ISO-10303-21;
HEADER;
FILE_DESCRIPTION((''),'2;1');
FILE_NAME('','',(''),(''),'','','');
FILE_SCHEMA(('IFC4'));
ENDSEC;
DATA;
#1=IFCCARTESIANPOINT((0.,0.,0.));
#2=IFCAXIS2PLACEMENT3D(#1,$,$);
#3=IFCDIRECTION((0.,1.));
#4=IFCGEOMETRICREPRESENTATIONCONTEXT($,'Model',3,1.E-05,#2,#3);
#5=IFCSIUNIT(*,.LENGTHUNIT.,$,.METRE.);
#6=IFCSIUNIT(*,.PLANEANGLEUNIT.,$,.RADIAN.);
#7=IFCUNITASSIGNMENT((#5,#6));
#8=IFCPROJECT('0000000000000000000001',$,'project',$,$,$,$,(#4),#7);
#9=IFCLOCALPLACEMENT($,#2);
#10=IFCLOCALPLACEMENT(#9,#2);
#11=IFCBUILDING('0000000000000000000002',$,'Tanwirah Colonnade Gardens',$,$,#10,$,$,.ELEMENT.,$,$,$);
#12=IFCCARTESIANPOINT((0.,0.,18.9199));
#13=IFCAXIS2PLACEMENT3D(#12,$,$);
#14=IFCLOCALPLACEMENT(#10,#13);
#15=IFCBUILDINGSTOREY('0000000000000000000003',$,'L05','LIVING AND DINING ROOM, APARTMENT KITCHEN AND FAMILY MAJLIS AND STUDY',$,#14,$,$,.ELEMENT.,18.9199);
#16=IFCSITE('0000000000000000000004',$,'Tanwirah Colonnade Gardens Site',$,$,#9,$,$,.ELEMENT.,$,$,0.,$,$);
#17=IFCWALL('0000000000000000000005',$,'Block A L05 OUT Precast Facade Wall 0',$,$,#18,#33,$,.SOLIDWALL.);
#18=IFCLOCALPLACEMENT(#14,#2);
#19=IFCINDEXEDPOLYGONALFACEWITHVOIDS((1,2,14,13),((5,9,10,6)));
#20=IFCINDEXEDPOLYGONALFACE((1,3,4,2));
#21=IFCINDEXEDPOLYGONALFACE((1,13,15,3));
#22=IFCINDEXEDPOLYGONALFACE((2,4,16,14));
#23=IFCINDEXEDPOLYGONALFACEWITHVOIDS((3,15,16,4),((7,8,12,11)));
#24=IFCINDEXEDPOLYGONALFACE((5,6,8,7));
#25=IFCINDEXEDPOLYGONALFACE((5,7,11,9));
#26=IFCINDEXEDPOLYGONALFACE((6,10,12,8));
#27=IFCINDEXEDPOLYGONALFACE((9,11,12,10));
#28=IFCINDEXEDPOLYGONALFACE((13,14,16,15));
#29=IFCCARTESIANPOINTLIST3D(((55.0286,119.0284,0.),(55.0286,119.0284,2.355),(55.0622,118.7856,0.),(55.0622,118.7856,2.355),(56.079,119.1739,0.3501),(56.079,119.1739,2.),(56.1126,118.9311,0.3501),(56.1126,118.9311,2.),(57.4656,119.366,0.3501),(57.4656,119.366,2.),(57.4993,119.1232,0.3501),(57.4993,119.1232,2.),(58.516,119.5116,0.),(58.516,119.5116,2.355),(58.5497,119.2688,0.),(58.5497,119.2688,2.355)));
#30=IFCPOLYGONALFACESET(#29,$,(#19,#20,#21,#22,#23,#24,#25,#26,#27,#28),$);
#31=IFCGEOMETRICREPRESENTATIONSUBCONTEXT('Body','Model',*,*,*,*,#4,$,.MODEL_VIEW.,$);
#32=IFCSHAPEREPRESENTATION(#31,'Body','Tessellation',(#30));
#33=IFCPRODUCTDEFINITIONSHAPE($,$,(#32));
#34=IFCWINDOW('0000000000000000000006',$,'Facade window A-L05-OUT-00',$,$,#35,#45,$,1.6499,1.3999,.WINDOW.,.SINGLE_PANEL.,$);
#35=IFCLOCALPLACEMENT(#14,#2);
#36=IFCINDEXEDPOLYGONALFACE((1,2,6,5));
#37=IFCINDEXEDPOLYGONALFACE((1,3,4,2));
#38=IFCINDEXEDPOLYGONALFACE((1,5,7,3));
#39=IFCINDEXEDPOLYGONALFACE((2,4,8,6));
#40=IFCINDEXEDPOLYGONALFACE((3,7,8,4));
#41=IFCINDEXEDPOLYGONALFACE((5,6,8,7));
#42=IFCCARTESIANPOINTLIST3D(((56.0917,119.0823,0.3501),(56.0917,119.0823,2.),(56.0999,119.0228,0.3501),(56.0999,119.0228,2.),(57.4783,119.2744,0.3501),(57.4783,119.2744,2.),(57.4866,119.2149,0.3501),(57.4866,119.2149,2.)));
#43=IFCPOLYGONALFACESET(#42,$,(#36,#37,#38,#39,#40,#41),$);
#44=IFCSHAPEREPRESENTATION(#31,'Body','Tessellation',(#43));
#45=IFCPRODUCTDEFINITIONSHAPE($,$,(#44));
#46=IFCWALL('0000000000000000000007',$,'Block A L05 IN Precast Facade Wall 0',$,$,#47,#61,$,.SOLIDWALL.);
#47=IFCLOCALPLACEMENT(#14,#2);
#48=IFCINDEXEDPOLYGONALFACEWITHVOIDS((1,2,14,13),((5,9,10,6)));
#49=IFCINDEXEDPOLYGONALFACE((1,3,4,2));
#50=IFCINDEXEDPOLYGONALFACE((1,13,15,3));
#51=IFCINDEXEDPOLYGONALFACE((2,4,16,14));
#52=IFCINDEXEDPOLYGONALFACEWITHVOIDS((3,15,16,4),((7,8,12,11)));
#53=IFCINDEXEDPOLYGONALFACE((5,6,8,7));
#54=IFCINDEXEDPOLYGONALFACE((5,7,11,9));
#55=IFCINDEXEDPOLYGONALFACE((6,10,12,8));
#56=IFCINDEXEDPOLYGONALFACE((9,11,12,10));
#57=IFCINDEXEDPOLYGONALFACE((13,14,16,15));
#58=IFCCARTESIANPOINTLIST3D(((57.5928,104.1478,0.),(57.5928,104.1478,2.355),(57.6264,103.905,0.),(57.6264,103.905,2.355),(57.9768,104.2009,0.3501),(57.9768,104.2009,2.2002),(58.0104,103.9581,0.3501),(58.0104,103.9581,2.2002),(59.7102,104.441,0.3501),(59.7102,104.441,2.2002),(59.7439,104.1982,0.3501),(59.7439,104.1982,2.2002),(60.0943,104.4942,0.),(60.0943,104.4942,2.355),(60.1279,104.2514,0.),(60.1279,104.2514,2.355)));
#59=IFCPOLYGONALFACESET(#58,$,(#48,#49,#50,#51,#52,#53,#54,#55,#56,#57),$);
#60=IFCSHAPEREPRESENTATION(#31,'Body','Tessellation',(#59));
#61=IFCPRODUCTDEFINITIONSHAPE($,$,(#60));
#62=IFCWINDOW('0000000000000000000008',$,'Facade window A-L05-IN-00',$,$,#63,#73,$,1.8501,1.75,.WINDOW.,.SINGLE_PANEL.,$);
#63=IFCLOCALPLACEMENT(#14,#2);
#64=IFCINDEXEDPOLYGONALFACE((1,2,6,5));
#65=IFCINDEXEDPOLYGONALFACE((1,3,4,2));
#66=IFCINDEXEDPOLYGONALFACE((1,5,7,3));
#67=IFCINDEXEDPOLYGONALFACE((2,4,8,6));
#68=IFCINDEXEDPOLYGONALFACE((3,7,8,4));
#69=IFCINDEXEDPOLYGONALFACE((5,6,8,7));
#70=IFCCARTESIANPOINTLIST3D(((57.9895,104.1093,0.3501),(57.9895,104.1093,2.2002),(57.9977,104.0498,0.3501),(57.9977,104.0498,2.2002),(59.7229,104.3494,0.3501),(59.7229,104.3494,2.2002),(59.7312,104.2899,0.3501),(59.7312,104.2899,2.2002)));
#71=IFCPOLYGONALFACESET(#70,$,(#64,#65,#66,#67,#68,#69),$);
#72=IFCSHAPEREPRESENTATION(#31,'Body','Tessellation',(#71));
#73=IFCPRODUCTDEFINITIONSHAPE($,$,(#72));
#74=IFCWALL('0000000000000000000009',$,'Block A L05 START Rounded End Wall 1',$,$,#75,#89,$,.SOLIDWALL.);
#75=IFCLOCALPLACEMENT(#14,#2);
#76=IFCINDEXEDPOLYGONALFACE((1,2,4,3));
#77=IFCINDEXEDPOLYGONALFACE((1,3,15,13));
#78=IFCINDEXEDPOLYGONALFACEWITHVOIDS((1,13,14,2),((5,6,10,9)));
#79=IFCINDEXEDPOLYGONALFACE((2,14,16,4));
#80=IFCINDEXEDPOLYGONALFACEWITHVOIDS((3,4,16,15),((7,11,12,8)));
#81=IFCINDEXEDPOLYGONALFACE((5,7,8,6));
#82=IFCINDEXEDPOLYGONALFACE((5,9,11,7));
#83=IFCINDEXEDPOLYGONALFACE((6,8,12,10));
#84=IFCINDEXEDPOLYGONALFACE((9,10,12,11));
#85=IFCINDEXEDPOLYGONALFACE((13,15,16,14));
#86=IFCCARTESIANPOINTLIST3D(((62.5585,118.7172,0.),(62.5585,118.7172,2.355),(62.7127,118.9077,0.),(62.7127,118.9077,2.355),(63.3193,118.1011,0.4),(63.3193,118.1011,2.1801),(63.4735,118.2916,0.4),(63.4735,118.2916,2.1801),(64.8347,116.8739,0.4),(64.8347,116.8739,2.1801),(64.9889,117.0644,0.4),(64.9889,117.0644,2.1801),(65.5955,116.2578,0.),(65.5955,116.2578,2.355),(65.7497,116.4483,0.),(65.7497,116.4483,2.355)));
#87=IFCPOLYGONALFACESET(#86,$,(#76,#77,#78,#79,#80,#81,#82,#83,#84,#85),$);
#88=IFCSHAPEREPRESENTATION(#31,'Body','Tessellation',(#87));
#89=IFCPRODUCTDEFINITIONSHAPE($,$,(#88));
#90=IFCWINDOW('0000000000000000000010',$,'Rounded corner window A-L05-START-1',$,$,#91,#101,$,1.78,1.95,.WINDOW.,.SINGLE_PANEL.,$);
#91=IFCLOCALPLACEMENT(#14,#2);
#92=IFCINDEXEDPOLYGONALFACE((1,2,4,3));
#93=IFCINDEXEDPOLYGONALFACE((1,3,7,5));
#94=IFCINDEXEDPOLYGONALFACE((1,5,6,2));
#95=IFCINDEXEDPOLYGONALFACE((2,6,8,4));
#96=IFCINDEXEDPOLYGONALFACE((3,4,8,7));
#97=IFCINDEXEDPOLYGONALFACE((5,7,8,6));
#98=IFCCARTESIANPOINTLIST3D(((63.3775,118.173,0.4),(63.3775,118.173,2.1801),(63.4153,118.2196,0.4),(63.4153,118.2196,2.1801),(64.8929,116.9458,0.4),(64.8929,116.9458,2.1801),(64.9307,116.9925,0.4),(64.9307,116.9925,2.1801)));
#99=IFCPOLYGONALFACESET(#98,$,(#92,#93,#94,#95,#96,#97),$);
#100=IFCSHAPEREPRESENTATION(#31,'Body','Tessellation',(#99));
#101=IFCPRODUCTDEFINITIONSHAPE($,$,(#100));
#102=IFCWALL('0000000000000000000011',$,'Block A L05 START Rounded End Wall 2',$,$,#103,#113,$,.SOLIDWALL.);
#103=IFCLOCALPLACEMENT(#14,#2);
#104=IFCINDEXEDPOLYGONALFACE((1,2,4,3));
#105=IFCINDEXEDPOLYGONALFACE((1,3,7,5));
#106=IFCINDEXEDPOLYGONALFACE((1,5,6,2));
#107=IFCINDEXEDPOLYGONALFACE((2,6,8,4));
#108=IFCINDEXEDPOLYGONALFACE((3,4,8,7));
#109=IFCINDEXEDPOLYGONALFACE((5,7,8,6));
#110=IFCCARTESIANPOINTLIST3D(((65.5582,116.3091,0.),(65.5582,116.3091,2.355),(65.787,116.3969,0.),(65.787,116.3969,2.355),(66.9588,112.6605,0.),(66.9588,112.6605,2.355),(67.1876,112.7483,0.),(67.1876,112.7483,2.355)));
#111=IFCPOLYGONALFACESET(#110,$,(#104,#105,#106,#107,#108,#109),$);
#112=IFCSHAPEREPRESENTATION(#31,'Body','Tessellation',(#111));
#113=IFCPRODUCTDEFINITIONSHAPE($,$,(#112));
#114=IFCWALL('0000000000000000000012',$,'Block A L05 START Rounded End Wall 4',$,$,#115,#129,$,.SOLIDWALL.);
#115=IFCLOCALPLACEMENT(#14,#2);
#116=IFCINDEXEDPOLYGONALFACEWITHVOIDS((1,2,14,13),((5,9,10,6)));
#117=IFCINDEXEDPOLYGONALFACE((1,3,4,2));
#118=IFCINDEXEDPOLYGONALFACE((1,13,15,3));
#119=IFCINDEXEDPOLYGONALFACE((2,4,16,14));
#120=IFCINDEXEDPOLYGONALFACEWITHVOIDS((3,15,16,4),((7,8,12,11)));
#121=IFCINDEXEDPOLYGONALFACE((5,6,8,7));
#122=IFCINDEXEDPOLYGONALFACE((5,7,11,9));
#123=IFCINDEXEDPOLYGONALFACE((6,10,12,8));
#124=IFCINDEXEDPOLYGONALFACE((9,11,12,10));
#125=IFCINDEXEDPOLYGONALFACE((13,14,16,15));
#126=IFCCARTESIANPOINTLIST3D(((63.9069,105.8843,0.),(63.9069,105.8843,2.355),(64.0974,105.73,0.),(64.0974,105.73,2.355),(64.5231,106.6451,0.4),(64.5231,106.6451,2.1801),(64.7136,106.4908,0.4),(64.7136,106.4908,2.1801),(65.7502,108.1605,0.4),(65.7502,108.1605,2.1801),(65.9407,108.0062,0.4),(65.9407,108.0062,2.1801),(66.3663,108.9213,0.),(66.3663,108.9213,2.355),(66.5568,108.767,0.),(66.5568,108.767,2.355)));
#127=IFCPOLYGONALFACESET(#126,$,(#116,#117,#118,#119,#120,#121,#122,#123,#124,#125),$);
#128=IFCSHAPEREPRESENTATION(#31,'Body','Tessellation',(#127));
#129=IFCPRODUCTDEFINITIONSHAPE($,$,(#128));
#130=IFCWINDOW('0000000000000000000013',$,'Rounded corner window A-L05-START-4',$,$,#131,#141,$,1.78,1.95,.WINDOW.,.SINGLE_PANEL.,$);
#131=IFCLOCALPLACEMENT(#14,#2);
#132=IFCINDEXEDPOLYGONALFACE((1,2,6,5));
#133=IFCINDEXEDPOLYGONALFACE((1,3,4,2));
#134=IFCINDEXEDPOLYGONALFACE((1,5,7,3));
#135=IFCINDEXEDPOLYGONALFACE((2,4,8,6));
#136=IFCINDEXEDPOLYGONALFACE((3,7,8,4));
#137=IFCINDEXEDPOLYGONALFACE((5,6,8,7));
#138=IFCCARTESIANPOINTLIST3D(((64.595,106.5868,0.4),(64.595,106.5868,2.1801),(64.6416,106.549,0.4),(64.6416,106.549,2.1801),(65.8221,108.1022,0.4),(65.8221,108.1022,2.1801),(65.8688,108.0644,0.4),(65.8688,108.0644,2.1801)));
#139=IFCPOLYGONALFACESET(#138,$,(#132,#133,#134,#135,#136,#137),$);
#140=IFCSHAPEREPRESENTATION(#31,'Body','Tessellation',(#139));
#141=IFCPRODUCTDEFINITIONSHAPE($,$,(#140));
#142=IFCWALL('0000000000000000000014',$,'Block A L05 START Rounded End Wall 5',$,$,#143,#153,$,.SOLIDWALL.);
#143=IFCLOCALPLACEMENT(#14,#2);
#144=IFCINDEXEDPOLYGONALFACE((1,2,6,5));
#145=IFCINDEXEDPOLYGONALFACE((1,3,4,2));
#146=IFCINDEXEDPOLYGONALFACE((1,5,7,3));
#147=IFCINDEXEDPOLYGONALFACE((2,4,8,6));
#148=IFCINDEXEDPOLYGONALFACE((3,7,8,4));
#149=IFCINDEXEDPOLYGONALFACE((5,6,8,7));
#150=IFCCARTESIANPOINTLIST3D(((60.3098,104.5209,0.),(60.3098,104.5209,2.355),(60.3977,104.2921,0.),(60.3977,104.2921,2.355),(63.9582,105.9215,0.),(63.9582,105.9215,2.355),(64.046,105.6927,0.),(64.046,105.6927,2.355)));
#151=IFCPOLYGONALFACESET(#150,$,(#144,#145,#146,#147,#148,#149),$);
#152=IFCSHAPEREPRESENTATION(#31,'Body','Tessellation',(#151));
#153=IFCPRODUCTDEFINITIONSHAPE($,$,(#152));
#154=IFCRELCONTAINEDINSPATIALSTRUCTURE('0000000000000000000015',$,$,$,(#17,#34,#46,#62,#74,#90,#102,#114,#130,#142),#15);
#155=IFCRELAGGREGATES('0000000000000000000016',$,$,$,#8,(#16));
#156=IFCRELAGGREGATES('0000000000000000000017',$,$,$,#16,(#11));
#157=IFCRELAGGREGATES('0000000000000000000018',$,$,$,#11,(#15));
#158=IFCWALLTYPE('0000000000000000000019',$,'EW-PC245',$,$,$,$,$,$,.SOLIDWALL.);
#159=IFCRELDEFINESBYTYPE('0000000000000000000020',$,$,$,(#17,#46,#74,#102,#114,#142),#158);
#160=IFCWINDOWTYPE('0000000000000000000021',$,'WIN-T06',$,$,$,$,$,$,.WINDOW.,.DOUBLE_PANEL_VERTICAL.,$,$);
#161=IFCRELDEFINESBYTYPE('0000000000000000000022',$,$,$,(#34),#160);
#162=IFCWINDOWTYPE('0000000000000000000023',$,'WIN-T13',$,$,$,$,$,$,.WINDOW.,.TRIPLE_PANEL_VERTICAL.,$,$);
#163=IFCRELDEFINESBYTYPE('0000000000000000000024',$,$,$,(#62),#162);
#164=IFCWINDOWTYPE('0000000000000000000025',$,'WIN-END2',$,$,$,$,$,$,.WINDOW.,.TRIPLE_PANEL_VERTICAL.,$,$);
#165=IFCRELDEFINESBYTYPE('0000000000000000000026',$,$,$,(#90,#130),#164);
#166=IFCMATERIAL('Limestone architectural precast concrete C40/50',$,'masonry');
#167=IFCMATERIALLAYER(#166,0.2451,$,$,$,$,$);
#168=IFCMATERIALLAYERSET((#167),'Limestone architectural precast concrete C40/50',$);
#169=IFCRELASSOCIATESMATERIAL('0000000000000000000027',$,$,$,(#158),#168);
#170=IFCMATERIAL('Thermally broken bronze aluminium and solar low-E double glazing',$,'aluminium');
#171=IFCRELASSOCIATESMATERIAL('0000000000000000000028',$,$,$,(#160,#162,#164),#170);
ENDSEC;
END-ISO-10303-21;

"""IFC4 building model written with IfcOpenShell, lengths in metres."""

from ifc_helpers import new_model, si_unit, direction, frame, frame_2d, origin, place, context, subcontext, project, spatial, rectangle, extrude, material, layer, layer_set, type_object, element, fill, save


model = new_model("IFC4")

# Units and contexts
model_context = context("Model", 3, precision=1e-05, world=origin(), true_north=direction((0.0, 1.0)))
body_context = subcontext(model_context, "Body", "Model", "MODEL_VIEW")
ifc_project = project(units=[si_unit("LENGTHUNIT", "METRE"), si_unit("PLANEANGLEUNIT", "RADIAN")], contexts=[model_context])

# Site, building, storey
site_placement = place(None, origin())
site = spatial("IfcSite", under=ifc_project, at=site_placement, Name="Tanwirah Colonnade Gardens Site", CompositionType="ELEMENT", RefElevation=0.0)
building_placement = place(site_placement, origin())
building = spatial("IfcBuilding", under=site, at=building_placement, Name="Tanwirah Colonnade Gardens", CompositionType="ELEMENT")
storey_placement = place(building_placement, frame((0.0, 0.0, 18.9199)))
storey = spatial("IfcBuildingStorey", under=building, at=storey_placement, Name="L05", Description="LIVING AND DINING ROOM, APARTMENT KITCHEN AND FAMILY MAJLIS AND STUDY", CompositionType="ELEMENT", Elevation=18.9199)

# Walls, openings, windows
ifc_material_1 = material(Name="Limestone architectural precast concrete C40/50", Category="masonry")
ifc_layer_1 = layer(ifc_material_1, 0.2451)
ifc_layer_set_1 = layer_set([ifc_layer_1], Name="Limestone architectural precast concrete C40/50")
wall_type_1 = type_object("IfcWallType", Name="EW-PC245", PredefinedType="SOLIDWALL", material=ifc_layer_set_1)
wall_1_placement = place(storey_placement, frame((58.5327, 119.3901, 0.0), z_axis=(0.0, 0.0, 1.0), x_axis=(-0.99054, -0.137226, 0.0)))
wall_1 = element("IfcWall", 1, at=wall_1_placement, inside=storey, type_object=wall_type_1, Name="Block A L05 OUT Precast Facade Wall 0", PredefinedType="SOLIDWALL", context=body_context, shape_type="SweptSolid", body=[
    extrude(rectangle(XDim=3.5208, YDim=0.2451, at=frame_2d((1.7603, 0.0))), origin(), (0.0, 0.0, 1.0), 2.355),
])
opening_1_placement = place(wall_1_placement, frame((1.0603, 0.0, 0.3501)))
opening_1 = element("IfcOpeningElement", 2, at=opening_1_placement, cuts=wall_1, PredefinedType="OPENING", context=body_context, shape_type="SweptSolid", body=[
    extrude(rectangle(XDim=1.3999, YDim=1.6499, at=frame_2d((0.7, 0.825))), frame((0.0, 0.1326, 0.0), z_axis=(0.0, -1.0, 0.0), x_axis=(1.0, 0.0, 0.0)), (0.0, 0.0, 1.0), 0.2651),
])
ifc_material_2 = material(Name="Thermally broken bronze aluminium and solar low-E double glazing", Category="aluminium")
window_type_1 = type_object("IfcWindowType", Name="WIN-T06", PartitioningType="DOUBLE_PANEL_VERTICAL", PredefinedType="WINDOW", material=ifc_material_2)
window_1_placement = place(opening_1_placement, origin())
window_1 = element("IfcWindow", 3, at=window_1_placement, inside=storey, type_object=window_type_1, Name="Facade window A-L05-OUT-00", OverallHeight=1.6499, OverallWidth=1.3999, PartitioningType="SINGLE_PANEL", PredefinedType="WINDOW", context=body_context, shape_type="SweptSolid", body=[
    extrude(rectangle(XDim=1.3999, YDim=1.6499, at=frame_2d((0.7, 0.825))), frame((0.0, 0.03, 0.0), z_axis=(0.0, -1.0, 0.0), x_axis=(1.0, 0.0, 0.0)), (0.0, 0.0, 1.0), 0.0601),
])
fill(opening_1, window_1)
wall_2_placement = place(storey_placement, frame((60.1111, 104.3728, 0.0), z_axis=(0.0, 0.0, 1.0), x_axis=(-0.990546, -0.137184, 0.0)))
wall_2 = element("IfcWall", 4, at=wall_2_placement, inside=storey, type_object=wall_type_1, Name="Block A L05 IN Precast Facade Wall 0", PredefinedType="SOLIDWALL", context=body_context, shape_type="SweptSolid", body=[
    extrude(rectangle(XDim=2.5254, YDim=0.2451, at=frame_2d((1.2627, 0.0))), origin(), (0.0, 0.0, 1.0), 2.355),
])
opening_2_placement = place(wall_2_placement, frame((0.3877, 0.0, 0.3501)))
opening_2 = element("IfcOpeningElement", 5, at=opening_2_placement, cuts=wall_2, PredefinedType="OPENING", context=body_context, shape_type="SweptSolid", body=[
    extrude(rectangle(XDim=1.75, YDim=1.8501, at=frame_2d((0.875, 0.925))), frame((0.0, 0.1326, 0.0), z_axis=(0.0, -1.0, 0.0), x_axis=(1.0, 0.0, 0.0)), (0.0, 0.0, 1.0), 0.2651),
])
window_type_2 = type_object("IfcWindowType", Name="WIN-T13", PartitioningType="TRIPLE_PANEL_VERTICAL", PredefinedType="WINDOW", material=ifc_material_2)
window_2_placement = place(opening_2_placement, origin())
window_2 = element("IfcWindow", 6, at=window_2_placement, inside=storey, type_object=window_type_2, Name="Facade window A-L05-IN-00", OverallHeight=1.8501, OverallWidth=1.75, PartitioningType="SINGLE_PANEL", PredefinedType="WINDOW", context=body_context, shape_type="SweptSolid", body=[
    extrude(rectangle(XDim=1.75, YDim=1.8501, at=frame_2d((0.875, 0.925))), frame((0.0, 0.03, 0.0), z_axis=(0.0, -1.0, 0.0), x_axis=(1.0, 0.0, 0.0)), (0.0, 0.0, 1.0), 0.0601),
])
fill(opening_2, window_2)
wall_3_placement = place(storey_placement, frame((62.6355, 118.8125, 0.0), z_axis=(0.0, 0.0, 1.0), x_axis=(0.777137, -0.629331, 0.0)))
wall_3 = element("IfcWall", 7, at=wall_3_placement, inside=storey, type_object=wall_type_1, Name="Block A L05 START Rounded End Wall 1", PredefinedType="SOLIDWALL", context=body_context, shape_type="SweptSolid", body=[
    extrude(rectangle(XDim=3.908, YDim=0.2451, at=frame_2d((1.9541, 0.0))), origin(), (0.0, 0.0, 1.0), 2.355),
])
opening_3_placement = place(wall_3_placement, frame((0.979, 0.0, 0.3999)))
opening_3 = element("IfcOpeningElement", 8, at=opening_3_placement, cuts=wall_3, PredefinedType="OPENING", context=body_context, shape_type="SweptSolid", body=[
    extrude(rectangle(XDim=1.95, YDim=1.78, at=frame_2d((0.9751, 0.8901))), frame((0.0, 0.1326, 0.0), z_axis=(0.0, -1.0, 0.0), x_axis=(1.0, 0.0, 0.0)), (0.0, 0.0, 1.0), 0.2651),
])
window_type_3 = type_object("IfcWindowType", Name="WIN-END2", PartitioningType="TRIPLE_PANEL_VERTICAL", PredefinedType="WINDOW", material=ifc_material_2)
window_3_placement = place(opening_3_placement, origin())
window_3 = element("IfcWindow", 9, at=window_3_placement, inside=storey, type_object=window_type_3, Name="Rounded corner window A-L05-START-1", OverallHeight=1.78, OverallWidth=1.95, PartitioningType="SINGLE_PANEL", PredefinedType="WINDOW", context=body_context, shape_type="SweptSolid", body=[
    extrude(rectangle(XDim=1.95, YDim=1.78, at=frame_2d((0.9751, 0.8901))), frame((0.0, 0.03, 0.0), z_axis=(0.0, -1.0, 0.0), x_axis=(1.0, 0.0, 0.0)), (0.0, 0.0, 1.0), 0.0601),
])
fill(opening_3, window_3)

# Wall
wall_4_placement = place(storey_placement, frame((65.6726, 116.353, 0.0), z_axis=(0.0, 0.0, 1.0), x_axis=(0.358376, -0.933577, 0.0)))
element("IfcWall", 10, at=wall_4_placement, inside=storey, type_object=wall_type_1, Name="Block A L05 START Rounded End Wall 2", PredefinedType="SOLIDWALL", context=body_context, shape_type="SweptSolid", body=[
    extrude(rectangle(XDim=3.9082, YDim=0.2451, at=frame_2d((1.9541, 0.0))), origin(), (0.0, 0.0, 1.0), 2.355),
])

# Wall, opening, window
wall_5_placement = place(storey_placement, frame((66.4617, 108.8442, 0.0), z_axis=(0.0, 0.0, 1.0), x_axis=(-0.629331, -0.777137, 0.0)))
wall_5 = element("IfcWall", 11, at=wall_5_placement, inside=storey, type_object=wall_type_1, Name="Block A L05 START Rounded End Wall 4", PredefinedType="SOLIDWALL", context=body_context, shape_type="SweptSolid", body=[
    extrude(rectangle(XDim=3.908, YDim=0.2451, at=frame_2d((1.9541, 0.0))), origin(), (0.0, 0.0, 1.0), 2.355),
])
opening_4_placement = place(wall_5_placement, frame((0.979, 0.0, 0.3999)))
opening_4 = element("IfcOpeningElement", 12, at=opening_4_placement, cuts=wall_5, PredefinedType="OPENING", context=body_context, shape_type="SweptSolid", body=[
    extrude(rectangle(XDim=1.95, YDim=1.78, at=frame_2d((0.9751, 0.8901))), frame((0.0, 0.1326, 0.0), z_axis=(0.0, -1.0, 0.0), x_axis=(1.0, 0.0, 0.0)), (0.0, 0.0, 1.0), 0.2651),
])
window_4_placement = place(opening_4_placement, origin())
window_4 = element("IfcWindow", 13, at=window_4_placement, inside=storey, type_object=window_type_3, Name="Rounded corner window A-L05-START-4", OverallHeight=1.78, OverallWidth=1.95, PartitioningType="SINGLE_PANEL", PredefinedType="WINDOW", context=body_context, shape_type="SweptSolid", body=[
    extrude(rectangle(XDim=1.95, YDim=1.78, at=frame_2d((0.9751, 0.8901))), frame((0.0, 0.03, 0.0), z_axis=(0.0, -1.0, 0.0), x_axis=(1.0, 0.0, 0.0)), (0.0, 0.0, 1.0), 0.0601),
])
fill(opening_4, window_4)

# Wall
wall_6_placement = place(storey_placement, frame((64.0022, 105.8071, 0.0), z_axis=(0.0, 0.0, 1.0), x_axis=(-0.933569, -0.358397, 0.0)))
element("IfcWall", 14, at=wall_6_placement, inside=storey, type_object=wall_type_1, Name="Block A L05 START Rounded End Wall 5", PredefinedType="SOLIDWALL", context=body_context, shape_type="SweptSolid", body=[
    extrude(rectangle(XDim=3.908, YDim=0.2451, at=frame_2d((1.9541, 0.0))), origin(), (0.0, 0.0, 1.0), 2.355),
])

save(model, "model.ifc")
